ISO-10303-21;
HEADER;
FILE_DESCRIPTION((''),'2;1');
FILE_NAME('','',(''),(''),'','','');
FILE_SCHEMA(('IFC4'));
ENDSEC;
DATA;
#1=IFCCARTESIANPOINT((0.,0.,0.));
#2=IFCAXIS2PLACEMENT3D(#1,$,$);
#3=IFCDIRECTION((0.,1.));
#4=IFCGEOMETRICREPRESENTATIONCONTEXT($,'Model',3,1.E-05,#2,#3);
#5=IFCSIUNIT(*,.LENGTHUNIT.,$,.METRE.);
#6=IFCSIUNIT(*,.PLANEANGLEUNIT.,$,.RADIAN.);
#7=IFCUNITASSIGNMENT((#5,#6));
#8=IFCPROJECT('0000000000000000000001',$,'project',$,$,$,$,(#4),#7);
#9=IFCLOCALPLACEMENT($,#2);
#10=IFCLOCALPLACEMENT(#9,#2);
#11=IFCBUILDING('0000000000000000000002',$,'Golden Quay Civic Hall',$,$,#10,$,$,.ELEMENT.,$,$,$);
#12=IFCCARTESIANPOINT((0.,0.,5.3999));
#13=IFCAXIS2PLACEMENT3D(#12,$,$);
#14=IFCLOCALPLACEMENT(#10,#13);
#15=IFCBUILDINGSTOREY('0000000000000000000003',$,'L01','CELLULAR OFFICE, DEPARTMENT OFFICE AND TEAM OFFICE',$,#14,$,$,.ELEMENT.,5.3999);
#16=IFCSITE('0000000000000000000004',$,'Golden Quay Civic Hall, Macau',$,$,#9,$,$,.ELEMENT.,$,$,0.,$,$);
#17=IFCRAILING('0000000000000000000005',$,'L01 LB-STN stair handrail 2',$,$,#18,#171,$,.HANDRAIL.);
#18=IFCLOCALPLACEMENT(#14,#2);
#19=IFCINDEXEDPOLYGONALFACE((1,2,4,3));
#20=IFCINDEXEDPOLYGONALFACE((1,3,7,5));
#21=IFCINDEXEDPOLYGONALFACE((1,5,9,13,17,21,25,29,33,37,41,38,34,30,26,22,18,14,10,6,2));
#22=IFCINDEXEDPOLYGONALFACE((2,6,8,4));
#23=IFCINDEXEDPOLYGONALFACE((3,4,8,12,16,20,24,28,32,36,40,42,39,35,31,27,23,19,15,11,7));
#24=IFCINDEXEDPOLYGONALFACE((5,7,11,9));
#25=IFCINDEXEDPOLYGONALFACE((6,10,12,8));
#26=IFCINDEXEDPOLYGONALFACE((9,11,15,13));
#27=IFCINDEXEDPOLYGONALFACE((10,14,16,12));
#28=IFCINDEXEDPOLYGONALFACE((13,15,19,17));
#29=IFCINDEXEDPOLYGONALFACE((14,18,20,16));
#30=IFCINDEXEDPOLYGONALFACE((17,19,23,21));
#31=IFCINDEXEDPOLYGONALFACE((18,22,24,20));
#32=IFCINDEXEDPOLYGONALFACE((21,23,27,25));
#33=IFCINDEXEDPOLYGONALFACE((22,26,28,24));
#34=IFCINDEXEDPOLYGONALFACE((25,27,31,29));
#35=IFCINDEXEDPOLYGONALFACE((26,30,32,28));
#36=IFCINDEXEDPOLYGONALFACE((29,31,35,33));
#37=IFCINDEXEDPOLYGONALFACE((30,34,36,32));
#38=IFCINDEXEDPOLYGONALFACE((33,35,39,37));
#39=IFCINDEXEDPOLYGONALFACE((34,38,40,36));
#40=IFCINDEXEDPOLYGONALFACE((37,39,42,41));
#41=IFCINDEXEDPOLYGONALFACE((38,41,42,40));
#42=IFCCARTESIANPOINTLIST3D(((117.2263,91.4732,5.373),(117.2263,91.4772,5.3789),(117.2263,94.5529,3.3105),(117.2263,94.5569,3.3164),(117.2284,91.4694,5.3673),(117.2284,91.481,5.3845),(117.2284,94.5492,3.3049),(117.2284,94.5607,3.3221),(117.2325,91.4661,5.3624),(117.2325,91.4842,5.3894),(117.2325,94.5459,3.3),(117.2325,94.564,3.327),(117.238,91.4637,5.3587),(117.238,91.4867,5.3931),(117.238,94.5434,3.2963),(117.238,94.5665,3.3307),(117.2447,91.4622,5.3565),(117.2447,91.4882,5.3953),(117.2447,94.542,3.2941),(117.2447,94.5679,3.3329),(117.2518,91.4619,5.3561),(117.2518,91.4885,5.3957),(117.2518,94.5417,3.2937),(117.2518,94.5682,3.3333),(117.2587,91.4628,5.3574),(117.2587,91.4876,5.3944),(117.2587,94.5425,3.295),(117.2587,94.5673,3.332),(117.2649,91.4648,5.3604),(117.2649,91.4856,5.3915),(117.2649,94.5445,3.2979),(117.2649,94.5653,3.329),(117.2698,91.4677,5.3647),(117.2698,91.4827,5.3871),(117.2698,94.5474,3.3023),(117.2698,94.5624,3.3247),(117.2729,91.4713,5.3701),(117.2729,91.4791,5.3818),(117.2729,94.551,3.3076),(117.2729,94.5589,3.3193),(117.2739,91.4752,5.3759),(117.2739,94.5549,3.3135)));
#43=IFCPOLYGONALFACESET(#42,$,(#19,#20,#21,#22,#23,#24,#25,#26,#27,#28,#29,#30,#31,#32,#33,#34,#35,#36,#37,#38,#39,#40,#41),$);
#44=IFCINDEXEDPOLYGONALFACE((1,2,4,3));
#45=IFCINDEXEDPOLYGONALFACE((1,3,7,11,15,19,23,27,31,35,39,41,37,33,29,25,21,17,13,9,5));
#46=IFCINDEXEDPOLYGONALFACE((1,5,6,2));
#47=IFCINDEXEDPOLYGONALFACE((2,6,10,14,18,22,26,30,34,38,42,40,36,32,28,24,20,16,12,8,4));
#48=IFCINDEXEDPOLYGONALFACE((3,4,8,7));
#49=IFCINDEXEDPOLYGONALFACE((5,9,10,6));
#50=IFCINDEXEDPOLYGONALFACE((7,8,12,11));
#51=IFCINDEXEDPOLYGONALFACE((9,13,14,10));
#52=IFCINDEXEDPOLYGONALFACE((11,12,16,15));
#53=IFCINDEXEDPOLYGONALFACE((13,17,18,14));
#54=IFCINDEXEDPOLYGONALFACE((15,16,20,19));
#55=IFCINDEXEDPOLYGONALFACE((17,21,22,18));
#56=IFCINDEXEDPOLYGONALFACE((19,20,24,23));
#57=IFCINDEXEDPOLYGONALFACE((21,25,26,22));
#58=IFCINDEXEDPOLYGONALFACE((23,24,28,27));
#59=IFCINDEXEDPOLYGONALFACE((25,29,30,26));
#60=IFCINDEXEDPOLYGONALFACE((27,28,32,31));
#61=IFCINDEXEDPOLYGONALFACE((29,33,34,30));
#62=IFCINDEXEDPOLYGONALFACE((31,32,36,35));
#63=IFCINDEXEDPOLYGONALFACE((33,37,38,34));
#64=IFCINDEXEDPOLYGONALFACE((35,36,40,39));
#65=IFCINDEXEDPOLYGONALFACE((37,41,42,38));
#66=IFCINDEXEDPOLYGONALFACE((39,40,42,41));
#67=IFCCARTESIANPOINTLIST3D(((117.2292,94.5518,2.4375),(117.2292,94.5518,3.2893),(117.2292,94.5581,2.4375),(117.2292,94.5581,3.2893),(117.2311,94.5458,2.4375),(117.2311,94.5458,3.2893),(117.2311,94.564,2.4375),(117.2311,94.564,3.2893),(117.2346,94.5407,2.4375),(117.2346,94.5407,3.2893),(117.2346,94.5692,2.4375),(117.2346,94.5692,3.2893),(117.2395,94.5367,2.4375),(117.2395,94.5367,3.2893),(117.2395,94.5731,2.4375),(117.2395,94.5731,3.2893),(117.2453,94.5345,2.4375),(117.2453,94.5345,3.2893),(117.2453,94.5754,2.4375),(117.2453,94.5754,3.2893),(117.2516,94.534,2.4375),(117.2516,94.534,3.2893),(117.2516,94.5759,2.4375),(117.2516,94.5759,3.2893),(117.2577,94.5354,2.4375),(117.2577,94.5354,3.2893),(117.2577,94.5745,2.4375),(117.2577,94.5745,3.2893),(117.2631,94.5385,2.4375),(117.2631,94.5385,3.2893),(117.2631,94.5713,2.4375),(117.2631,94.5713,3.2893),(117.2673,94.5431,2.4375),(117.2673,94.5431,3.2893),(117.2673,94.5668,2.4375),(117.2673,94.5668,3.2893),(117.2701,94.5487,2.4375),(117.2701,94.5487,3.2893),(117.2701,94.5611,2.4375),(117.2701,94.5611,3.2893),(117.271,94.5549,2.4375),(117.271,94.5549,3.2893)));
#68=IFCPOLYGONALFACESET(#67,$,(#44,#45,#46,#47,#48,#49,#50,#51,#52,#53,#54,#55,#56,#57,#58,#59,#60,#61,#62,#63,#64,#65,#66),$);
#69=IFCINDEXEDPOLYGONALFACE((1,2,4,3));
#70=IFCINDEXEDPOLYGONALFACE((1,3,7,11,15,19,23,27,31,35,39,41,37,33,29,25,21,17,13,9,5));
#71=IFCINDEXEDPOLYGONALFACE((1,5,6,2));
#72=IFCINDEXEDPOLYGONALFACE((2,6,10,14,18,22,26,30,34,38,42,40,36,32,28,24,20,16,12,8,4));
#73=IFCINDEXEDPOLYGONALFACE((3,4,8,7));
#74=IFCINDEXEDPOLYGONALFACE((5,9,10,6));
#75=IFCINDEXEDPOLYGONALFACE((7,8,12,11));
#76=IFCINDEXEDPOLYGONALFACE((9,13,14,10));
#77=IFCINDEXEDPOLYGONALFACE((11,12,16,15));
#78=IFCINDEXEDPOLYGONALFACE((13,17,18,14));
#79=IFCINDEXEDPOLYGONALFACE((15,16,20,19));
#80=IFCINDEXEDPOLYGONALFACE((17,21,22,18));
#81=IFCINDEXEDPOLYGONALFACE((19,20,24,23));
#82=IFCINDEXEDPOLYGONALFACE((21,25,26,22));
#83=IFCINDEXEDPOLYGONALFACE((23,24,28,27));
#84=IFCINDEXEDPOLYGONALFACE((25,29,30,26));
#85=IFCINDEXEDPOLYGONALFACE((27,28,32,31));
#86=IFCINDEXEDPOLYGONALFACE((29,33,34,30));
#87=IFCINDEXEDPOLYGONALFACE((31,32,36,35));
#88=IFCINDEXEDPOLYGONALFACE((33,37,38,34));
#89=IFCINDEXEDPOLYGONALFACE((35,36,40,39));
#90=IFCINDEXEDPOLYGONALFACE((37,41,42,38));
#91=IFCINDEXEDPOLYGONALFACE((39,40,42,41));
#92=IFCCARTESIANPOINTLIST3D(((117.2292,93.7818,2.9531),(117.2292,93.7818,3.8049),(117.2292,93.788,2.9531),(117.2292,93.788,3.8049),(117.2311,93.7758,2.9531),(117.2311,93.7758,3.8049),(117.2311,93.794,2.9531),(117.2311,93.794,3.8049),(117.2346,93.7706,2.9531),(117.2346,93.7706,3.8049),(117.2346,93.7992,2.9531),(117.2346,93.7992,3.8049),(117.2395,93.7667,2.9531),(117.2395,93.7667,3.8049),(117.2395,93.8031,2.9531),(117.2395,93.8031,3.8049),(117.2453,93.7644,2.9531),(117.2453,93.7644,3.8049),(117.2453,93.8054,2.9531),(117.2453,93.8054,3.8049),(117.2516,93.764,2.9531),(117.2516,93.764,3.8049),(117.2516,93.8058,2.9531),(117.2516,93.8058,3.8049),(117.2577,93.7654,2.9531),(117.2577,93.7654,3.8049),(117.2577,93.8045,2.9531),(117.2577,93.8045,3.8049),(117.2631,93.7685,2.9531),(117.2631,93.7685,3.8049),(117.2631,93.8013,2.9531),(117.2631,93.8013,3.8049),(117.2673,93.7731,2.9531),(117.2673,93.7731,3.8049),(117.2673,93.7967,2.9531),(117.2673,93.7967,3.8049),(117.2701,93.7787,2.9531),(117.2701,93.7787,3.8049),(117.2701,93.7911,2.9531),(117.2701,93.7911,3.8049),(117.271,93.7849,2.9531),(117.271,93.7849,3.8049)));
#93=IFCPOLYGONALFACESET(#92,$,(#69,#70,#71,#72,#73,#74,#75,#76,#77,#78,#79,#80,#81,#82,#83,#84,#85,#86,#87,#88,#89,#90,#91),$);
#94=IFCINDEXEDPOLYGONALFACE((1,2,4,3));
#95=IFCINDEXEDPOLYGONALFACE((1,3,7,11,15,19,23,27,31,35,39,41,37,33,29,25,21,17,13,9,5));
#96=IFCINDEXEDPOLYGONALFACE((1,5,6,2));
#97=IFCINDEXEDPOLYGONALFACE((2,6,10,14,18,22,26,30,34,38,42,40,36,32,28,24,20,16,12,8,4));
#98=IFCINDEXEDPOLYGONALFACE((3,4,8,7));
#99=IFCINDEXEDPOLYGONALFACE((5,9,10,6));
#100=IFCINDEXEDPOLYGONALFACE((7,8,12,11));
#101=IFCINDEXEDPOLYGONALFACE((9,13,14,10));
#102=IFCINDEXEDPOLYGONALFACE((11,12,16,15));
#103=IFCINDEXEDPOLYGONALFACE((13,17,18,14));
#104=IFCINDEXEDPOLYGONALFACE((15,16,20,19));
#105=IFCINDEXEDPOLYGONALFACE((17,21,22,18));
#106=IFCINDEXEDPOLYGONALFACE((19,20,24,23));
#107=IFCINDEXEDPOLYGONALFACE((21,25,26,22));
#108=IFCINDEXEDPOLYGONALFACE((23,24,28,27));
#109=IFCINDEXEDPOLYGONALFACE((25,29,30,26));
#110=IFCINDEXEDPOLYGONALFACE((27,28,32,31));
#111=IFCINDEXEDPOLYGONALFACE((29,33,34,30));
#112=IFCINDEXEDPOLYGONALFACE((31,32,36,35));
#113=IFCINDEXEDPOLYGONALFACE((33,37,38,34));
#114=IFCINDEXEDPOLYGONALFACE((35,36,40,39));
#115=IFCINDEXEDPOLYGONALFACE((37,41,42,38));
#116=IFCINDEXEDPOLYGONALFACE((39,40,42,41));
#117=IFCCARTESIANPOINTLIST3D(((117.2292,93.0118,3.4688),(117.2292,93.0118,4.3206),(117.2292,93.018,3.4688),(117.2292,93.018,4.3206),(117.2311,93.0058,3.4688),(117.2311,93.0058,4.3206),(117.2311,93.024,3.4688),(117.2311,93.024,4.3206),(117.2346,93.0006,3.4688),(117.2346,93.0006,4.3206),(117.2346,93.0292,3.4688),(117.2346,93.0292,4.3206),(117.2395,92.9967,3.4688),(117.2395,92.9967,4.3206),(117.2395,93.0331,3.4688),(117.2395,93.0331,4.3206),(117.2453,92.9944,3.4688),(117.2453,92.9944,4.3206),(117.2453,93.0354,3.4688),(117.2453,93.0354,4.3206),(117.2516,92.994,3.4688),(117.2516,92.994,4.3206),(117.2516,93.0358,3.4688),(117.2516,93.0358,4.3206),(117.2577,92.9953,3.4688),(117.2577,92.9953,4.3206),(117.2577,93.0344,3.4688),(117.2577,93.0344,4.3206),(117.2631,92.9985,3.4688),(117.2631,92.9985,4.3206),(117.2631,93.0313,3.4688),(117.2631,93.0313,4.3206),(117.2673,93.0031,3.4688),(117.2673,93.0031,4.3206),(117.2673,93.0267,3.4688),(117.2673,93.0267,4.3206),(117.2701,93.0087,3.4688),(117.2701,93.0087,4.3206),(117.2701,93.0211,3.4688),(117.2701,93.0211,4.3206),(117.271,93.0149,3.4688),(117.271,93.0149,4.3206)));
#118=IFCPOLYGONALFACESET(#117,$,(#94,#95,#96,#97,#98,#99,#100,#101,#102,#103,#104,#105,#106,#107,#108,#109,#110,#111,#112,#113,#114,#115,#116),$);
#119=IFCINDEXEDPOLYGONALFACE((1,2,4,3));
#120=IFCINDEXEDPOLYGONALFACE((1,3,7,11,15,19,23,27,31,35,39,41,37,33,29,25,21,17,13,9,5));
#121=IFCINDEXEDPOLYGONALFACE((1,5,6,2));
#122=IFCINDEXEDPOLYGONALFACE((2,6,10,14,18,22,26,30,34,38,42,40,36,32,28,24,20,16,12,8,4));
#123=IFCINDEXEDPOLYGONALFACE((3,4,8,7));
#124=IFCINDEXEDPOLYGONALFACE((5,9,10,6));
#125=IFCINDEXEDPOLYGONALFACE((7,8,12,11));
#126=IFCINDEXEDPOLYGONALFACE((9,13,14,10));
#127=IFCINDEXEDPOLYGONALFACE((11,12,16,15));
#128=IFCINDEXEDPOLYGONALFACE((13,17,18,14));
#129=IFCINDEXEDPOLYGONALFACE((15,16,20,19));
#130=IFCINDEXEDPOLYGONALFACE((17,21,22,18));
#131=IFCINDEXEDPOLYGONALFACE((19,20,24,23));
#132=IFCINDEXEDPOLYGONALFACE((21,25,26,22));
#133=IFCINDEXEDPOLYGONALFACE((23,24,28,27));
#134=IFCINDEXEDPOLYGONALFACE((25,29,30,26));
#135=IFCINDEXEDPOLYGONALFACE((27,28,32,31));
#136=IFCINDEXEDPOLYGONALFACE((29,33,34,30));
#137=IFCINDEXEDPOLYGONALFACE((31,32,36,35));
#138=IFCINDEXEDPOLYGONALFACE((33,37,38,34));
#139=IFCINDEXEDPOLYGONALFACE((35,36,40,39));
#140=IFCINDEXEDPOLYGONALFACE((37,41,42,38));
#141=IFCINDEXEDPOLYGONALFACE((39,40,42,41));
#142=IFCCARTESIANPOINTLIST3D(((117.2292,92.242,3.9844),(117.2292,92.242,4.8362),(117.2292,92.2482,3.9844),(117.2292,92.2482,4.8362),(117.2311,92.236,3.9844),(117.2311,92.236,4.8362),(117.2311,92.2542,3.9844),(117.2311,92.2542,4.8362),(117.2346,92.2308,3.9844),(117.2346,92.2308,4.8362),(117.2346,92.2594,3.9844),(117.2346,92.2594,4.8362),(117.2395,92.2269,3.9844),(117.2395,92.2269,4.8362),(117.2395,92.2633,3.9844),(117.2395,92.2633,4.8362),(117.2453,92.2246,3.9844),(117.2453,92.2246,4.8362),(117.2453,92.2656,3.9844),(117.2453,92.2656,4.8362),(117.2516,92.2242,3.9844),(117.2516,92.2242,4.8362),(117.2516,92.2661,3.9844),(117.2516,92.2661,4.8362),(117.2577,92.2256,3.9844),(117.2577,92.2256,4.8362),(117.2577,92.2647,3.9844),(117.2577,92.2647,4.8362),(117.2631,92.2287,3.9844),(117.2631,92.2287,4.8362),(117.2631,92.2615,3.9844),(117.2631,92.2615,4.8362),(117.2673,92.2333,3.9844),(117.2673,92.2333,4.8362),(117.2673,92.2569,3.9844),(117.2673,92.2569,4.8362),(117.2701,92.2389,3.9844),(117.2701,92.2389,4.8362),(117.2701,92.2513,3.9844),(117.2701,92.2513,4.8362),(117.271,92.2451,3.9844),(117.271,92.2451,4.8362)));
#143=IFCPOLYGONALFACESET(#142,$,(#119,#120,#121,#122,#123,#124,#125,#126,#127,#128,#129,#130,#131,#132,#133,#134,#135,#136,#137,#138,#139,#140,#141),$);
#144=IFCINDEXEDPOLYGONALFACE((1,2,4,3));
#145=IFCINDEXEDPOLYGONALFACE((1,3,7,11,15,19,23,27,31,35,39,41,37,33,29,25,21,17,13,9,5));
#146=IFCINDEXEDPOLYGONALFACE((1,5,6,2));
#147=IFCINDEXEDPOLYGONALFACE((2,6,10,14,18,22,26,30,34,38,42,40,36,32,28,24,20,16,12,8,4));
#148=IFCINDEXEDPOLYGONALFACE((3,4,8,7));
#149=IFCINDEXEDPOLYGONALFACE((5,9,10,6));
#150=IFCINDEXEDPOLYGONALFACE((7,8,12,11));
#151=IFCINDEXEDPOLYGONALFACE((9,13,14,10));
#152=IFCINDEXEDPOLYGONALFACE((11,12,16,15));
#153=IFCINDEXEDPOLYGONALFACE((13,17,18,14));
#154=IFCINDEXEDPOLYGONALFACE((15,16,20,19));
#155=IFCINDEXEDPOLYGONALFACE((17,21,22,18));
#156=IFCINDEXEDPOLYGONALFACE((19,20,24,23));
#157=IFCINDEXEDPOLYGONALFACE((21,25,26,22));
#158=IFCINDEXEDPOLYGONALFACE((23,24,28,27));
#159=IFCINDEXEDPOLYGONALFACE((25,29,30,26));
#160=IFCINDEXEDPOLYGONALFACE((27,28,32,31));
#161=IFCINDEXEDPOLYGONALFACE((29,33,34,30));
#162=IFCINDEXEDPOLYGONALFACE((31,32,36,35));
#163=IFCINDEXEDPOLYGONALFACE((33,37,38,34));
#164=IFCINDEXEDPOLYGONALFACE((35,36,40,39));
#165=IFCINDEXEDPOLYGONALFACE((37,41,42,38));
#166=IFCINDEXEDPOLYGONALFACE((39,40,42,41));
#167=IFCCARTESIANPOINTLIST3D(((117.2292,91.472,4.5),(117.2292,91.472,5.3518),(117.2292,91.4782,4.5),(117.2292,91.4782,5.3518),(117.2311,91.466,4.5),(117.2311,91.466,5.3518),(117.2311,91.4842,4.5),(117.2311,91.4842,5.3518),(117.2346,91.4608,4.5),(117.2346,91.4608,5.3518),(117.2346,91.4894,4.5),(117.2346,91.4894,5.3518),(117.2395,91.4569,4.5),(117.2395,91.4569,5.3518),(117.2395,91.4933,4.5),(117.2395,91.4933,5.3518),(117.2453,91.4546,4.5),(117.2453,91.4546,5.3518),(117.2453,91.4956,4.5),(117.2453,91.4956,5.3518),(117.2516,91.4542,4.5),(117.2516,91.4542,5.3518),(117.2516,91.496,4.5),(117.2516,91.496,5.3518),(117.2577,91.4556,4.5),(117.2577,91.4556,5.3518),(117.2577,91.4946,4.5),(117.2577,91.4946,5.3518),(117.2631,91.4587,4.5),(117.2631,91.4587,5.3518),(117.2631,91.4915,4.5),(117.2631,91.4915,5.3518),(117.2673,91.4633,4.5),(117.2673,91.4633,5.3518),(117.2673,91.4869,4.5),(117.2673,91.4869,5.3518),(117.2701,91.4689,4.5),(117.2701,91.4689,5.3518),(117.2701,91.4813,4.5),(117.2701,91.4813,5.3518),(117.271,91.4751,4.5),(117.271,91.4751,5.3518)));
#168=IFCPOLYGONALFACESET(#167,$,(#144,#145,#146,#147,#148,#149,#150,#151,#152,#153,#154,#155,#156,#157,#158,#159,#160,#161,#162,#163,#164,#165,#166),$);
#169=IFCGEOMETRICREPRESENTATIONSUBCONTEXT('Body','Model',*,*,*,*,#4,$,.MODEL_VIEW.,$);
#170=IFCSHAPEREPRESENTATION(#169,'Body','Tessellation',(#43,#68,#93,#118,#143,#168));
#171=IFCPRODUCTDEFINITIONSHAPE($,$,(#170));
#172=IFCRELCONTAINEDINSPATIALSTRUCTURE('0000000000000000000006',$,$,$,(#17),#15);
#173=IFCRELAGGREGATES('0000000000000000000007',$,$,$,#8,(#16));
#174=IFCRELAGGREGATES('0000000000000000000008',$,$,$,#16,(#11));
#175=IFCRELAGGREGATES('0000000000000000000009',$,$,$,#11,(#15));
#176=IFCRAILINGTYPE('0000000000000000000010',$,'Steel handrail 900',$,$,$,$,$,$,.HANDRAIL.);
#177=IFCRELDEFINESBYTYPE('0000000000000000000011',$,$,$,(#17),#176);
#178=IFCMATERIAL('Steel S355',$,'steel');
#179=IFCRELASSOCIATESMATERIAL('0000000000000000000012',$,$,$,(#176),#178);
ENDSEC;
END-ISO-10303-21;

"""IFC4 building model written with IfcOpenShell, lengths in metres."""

from ifc_helpers import new_model, si_unit, direction, frame, origin, origin_2d, place, context, subcontext, project, spatial, circle, extrude, material, type_object, element, save


model = new_model("IFC4")

# Units and contexts
model_context = context("Model", 3, precision=1e-05, world=origin(), true_north=direction((0.0, 1.0)))
body_context = subcontext(model_context, "Body", "Model", "MODEL_VIEW")
ifc_project = project(units=[si_unit("LENGTHUNIT", "METRE"), si_unit("PLANEANGLEUNIT", "RADIAN")], contexts=[model_context])

# Site, building, storey
site_placement = place(None, origin())
site = spatial("IfcSite", under=ifc_project, at=site_placement, Name="Golden Quay Civic Hall, Macau", CompositionType="ELEMENT", RefElevation=0.0)
building_placement = place(site_placement, origin())
building = spatial("IfcBuilding", under=site, at=building_placement, Name="Golden Quay Civic Hall", CompositionType="ELEMENT")
storey_placement = place(building_placement, frame((0.0, 0.0, 5.3999)))
storey = spatial("IfcBuildingStorey", under=building, at=storey_placement, Name="L01", Description="CELLULAR OFFICE, DEPARTMENT OFFICE AND TEAM OFFICE", CompositionType="ELEMENT", Elevation=5.3999)

# Railing
ifc_material_1 = material(Name="Steel S355", Category="steel")
railing_type_1 = type_object("IfcRailingType", Name="Steel handrail 900", PredefinedType="HANDRAIL", material=ifc_material_1)
railing_1_placement = place(storey_placement, frame((117.25, 94.5549, 2.4375)))
element("IfcRailing", 1, at=railing_1_placement, inside=storey, type_object=railing_type_1, Name="L01 LB-STN stair handrail 2", PredefinedType="HANDRAIL", context=body_context, shape_type="SweptSolid", body=[
    extrude(circle(Radius=0.0239, at=origin_2d()), frame((0.0, 0.0, 0.876), z_axis=(0.0, -0.830893, 0.556432), x_axis=(1.0, 0.0, 0.0)), (0.0, 0.0, 1.0), 3.7065),
    extrude(circle(Radius=0.021, at=origin_2d()), origin(), (0.0, 0.0, 1.0), 0.8518),
    extrude(circle(Radius=0.021, at=origin_2d()), frame((0.0, -0.77, 0.5156)), (0.0, 0.0, 1.0), 0.8518),
    extrude(circle(Radius=0.021, at=origin_2d()), frame((0.0, -1.54, 1.0312)), (0.0, 0.0, 1.0), 0.8518),
    extrude(circle(Radius=0.021, at=origin_2d()), frame((0.0, -2.3098, 1.5469)), (0.0, 0.0, 1.0), 0.8518),
    extrude(circle(Radius=0.021, at=origin_2d()), frame((0.0, -3.0798, 2.0625)), (0.0, 0.0, 1.0), 0.8518),
])

save(model, "model.ifc")
